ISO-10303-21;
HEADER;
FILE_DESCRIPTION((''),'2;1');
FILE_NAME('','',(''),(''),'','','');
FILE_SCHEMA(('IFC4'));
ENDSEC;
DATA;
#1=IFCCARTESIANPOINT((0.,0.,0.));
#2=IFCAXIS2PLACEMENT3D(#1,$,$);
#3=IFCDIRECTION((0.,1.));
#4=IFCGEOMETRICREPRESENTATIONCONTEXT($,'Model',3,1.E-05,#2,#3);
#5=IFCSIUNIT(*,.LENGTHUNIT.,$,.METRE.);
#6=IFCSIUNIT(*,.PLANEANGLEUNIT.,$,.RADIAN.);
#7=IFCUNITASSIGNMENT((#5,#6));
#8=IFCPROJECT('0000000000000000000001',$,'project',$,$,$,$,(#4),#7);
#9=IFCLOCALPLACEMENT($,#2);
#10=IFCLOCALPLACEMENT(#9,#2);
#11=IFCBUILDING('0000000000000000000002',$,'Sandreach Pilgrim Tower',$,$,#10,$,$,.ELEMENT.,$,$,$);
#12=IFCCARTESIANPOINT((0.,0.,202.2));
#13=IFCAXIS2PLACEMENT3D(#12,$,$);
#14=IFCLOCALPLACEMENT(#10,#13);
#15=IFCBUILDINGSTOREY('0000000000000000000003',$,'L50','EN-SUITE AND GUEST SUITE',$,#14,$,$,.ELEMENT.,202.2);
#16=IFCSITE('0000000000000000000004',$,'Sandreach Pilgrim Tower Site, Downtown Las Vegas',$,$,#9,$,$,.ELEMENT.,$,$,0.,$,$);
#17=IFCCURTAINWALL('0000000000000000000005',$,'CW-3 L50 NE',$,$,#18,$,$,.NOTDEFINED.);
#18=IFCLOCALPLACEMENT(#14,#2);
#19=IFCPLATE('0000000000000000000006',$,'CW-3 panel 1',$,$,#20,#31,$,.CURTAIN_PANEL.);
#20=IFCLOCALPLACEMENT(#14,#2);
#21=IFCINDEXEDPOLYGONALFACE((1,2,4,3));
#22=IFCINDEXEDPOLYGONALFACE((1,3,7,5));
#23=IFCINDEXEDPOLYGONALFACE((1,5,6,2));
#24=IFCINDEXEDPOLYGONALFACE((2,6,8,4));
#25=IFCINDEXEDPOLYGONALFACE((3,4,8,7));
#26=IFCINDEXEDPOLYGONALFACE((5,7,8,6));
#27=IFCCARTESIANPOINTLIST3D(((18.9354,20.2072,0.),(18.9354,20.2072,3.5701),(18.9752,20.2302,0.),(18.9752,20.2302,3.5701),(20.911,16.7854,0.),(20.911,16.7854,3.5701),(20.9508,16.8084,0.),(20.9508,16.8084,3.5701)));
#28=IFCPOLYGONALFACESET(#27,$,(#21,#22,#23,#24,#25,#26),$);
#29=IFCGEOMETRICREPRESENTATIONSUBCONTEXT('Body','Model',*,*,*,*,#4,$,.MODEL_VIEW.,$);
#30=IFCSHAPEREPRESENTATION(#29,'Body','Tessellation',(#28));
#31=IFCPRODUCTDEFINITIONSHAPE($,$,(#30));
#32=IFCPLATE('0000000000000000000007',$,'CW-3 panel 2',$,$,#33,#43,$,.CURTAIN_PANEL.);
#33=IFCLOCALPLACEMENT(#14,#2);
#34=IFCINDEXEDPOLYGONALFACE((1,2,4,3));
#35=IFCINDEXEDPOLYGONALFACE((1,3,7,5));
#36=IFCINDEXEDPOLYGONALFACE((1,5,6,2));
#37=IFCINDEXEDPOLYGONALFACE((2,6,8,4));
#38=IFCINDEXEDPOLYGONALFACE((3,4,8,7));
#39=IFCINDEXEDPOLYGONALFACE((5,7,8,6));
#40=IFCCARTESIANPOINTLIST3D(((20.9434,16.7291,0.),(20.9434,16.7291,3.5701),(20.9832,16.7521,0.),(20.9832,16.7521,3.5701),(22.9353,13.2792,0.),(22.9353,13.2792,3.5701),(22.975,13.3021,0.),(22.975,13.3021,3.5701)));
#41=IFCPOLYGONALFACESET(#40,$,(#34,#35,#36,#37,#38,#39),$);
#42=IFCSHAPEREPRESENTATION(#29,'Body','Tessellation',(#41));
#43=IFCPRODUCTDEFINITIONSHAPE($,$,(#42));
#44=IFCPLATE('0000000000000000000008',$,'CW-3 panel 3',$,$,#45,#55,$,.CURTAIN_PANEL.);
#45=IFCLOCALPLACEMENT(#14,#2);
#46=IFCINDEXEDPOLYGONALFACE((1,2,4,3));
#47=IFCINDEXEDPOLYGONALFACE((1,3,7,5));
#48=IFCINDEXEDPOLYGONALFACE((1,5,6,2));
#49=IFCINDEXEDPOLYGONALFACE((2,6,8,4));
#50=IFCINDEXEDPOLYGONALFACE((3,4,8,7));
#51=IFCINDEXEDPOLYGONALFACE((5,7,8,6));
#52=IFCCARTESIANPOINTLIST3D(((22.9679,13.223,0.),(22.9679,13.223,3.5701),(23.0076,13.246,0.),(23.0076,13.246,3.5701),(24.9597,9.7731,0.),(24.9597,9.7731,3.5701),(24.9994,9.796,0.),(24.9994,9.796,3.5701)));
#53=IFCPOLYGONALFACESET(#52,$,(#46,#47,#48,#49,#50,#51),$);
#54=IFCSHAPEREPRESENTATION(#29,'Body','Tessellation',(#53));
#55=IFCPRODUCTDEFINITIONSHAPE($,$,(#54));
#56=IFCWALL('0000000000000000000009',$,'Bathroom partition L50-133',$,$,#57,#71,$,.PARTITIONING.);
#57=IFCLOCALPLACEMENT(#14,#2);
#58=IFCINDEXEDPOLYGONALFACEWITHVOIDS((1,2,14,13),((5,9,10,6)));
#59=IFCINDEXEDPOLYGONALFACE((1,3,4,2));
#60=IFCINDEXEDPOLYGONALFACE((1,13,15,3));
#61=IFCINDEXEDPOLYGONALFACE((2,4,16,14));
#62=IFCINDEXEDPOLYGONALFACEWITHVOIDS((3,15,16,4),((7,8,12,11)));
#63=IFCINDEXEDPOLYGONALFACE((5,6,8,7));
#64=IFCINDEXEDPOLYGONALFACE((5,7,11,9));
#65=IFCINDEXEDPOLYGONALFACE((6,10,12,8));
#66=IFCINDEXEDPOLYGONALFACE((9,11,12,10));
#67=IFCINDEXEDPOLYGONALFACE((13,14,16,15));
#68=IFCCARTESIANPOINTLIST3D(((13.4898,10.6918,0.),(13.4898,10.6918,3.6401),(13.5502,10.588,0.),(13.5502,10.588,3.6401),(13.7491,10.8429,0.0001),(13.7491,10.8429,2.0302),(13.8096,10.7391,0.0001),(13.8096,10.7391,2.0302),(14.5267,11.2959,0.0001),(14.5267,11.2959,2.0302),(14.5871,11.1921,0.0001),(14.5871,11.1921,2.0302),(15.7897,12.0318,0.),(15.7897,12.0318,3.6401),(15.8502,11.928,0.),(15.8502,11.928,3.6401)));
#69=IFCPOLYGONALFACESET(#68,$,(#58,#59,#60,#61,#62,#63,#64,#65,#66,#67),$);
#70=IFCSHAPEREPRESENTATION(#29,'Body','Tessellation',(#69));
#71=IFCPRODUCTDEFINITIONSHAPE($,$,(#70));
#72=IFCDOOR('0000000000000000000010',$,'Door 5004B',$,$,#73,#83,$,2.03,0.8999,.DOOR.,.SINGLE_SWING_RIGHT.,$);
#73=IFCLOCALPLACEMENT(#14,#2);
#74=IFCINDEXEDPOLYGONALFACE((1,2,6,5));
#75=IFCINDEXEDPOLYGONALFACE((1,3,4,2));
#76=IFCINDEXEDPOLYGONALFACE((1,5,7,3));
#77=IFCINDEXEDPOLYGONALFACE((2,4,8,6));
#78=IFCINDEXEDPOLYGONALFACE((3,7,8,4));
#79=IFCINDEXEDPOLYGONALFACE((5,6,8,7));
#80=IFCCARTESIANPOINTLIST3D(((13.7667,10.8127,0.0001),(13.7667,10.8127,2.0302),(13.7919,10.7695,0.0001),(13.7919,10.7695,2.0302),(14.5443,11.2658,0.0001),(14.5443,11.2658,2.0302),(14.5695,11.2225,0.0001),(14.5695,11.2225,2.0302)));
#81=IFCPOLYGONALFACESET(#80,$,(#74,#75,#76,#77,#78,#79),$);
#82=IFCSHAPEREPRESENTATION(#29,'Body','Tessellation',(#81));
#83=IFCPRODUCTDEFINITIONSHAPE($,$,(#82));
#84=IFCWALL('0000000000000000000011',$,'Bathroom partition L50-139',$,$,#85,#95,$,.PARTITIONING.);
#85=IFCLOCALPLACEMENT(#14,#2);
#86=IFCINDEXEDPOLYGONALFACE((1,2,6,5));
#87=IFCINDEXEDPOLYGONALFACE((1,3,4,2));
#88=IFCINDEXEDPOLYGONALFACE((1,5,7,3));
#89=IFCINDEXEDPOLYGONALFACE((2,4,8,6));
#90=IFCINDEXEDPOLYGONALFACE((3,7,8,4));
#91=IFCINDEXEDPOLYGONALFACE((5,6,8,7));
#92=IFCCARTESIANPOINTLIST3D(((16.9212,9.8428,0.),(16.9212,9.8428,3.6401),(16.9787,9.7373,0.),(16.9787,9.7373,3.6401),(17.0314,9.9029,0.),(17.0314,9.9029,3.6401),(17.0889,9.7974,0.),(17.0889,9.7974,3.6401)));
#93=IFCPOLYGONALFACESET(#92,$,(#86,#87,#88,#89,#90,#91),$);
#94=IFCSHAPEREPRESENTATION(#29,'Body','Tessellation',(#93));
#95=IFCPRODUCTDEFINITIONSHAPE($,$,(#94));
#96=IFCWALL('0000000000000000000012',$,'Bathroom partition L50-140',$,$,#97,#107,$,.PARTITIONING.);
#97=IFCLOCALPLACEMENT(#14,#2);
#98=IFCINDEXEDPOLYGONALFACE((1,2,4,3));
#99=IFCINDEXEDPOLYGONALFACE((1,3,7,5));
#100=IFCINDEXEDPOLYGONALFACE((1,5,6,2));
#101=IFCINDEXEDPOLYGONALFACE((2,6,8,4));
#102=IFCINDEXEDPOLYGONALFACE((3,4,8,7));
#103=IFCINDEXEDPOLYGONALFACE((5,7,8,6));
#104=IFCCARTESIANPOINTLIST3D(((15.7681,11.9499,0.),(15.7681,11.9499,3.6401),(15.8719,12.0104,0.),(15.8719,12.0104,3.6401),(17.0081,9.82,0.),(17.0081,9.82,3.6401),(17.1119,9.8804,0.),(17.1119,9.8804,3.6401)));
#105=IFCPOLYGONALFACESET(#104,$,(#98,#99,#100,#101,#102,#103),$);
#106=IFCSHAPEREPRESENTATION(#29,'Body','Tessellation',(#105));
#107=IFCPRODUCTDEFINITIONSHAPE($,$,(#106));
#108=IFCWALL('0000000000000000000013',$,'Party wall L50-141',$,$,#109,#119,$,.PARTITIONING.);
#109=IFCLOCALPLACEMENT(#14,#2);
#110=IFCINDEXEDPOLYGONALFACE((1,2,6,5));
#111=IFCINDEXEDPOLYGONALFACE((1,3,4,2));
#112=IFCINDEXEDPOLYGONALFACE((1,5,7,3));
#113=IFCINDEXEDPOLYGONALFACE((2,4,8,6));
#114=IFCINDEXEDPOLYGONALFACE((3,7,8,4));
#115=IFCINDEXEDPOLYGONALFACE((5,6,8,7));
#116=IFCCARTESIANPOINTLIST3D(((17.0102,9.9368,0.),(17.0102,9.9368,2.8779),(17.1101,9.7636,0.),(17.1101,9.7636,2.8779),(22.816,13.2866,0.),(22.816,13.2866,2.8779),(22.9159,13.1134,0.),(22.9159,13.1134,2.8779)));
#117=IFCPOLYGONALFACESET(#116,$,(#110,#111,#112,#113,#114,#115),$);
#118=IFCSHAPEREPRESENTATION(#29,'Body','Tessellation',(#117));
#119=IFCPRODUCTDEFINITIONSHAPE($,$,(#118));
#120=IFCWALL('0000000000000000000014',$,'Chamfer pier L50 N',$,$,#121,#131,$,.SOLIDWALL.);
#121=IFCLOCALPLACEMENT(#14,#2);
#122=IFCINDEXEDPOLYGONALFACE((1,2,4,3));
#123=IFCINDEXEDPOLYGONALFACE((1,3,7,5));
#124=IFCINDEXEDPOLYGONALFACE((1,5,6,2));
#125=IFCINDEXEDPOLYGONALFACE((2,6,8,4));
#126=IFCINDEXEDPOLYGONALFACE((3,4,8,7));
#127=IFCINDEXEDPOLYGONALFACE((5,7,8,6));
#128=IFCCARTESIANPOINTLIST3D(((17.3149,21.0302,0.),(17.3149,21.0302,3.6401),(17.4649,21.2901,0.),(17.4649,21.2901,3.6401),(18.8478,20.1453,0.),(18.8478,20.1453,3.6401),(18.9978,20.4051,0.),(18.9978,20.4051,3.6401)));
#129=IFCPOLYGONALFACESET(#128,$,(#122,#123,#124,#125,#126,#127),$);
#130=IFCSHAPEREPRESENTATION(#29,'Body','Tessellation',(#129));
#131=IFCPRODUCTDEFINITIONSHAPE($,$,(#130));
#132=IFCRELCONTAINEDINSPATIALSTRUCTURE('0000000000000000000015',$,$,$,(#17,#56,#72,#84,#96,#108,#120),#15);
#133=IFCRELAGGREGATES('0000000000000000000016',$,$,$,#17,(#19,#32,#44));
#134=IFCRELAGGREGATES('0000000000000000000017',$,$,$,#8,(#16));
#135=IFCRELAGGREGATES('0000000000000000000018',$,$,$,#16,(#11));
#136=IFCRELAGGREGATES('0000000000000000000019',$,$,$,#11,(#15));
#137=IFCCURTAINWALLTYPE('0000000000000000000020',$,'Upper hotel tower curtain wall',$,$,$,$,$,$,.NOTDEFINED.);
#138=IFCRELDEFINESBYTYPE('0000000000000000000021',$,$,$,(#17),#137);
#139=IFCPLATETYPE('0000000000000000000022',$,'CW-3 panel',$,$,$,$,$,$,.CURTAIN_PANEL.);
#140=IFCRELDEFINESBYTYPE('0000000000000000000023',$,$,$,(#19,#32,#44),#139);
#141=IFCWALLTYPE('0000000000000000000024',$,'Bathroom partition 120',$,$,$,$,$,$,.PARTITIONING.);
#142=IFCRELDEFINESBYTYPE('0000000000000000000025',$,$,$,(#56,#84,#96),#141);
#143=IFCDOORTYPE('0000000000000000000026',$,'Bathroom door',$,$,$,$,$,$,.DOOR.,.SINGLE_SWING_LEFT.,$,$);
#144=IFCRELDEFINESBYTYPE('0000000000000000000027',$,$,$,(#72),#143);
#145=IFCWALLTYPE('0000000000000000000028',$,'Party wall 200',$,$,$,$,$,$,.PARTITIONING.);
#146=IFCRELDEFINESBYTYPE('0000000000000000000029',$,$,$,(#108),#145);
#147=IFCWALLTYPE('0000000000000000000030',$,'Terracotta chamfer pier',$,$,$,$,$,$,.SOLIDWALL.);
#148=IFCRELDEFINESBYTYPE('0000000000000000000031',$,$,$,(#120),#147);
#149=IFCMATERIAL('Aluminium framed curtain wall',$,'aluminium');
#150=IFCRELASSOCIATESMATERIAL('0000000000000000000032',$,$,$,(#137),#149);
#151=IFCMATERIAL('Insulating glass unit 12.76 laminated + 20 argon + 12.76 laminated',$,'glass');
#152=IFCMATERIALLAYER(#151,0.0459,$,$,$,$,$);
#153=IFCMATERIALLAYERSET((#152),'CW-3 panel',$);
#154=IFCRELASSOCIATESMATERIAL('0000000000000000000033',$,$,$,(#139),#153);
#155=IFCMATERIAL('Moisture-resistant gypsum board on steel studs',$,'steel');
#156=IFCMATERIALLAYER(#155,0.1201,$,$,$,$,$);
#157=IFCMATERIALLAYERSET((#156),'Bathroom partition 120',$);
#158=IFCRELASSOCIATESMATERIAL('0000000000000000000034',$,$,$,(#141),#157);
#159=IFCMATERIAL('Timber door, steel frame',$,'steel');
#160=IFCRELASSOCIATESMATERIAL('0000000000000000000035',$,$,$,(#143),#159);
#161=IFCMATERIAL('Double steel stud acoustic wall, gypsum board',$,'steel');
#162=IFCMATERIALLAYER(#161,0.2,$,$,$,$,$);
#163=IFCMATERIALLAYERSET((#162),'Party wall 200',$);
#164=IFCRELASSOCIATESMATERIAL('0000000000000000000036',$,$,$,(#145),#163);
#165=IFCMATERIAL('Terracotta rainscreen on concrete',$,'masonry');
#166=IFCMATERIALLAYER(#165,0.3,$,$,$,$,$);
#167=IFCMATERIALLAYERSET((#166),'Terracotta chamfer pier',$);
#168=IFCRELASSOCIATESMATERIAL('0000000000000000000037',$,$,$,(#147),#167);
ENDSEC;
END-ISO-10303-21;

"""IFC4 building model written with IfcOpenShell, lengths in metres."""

from ifc_helpers import new_model, si_unit, direction, frame, frame_2d, origin, origin_2d, place, context, subcontext, project, spatial, rectangle, extrude, material, layer, layer_set, type_object, element, fill, aggregate, save


model = new_model("IFC4")

# Units and contexts
model_context = context("Model", 3, precision=1e-05, world=origin(), true_north=direction((0.0, 1.0)))
body_context = subcontext(model_context, "Body", "Model", "MODEL_VIEW")
ifc_project = project(units=[si_unit("LENGTHUNIT", "METRE"), si_unit("PLANEANGLEUNIT", "RADIAN")], contexts=[model_context])

# Site, building, storey
site_placement = place(None, origin())
site = spatial("IfcSite", under=ifc_project, at=site_placement, Name="Sandreach Pilgrim Tower Site, Downtown Las Vegas", CompositionType="ELEMENT", RefElevation=0.0)
building_placement = place(site_placement, origin())
building = spatial("IfcBuilding", under=site, at=building_placement, Name="Sandreach Pilgrim Tower", CompositionType="ELEMENT")
storey_placement = place(building_placement, frame((0.0, 0.0, 202.2)))
storey = spatial("IfcBuildingStorey", under=building, at=storey_placement, Name="L50", Description="EN-SUITE AND GUEST SUITE", CompositionType="ELEMENT", Elevation=202.2)

# Shared definitions
ifc_material_1 = material(Name="Aluminium framed curtain wall", Category="aluminium")
curtain_wall_type = type_object("IfcCurtainWallType", Name="Upper hotel tower curtain wall", PredefinedType="NOTDEFINED", material=ifc_material_1)

# Curtain wall
curtain_wall_1_placement = place(storey_placement, origin())
curtain_wall_1 = element("IfcCurtainWall", 1, at=curtain_wall_1_placement, inside=storey, type_object=curtain_wall_type, Name="CW-3 L50 NE", PredefinedType="NOTDEFINED")

# Plates
ifc_material_2 = material(Name="Insulating glass unit 12.76 laminated + 20 argon + 12.76 laminated", Category="glass")
ifc_layer_1 = layer(ifc_material_2, 0.0459)
ifc_layer_set_1 = layer_set([ifc_layer_1], Name="CW-3 panel")
plate_type = type_object("IfcPlateType", Name="CW-3 panel", PredefinedType="CURTAIN_PANEL", material=ifc_layer_set_1)
plate_1_placement = place(storey_placement, frame((19.9431, 18.5078, 0.0), z_axis=(0.0, 0.0, 1.0), x_axis=(0.5, -0.866025, 0.0)))
plate_1 = element("IfcPlate", 2, at=plate_1_placement, type_object=plate_type, Name="CW-3 panel 1", PredefinedType="CURTAIN_PANEL", context=body_context, shape_type="SweptSolid", body=[
    extrude(rectangle(XDim=3.9512, YDim=0.0459, at=origin_2d()), origin(), (0.0, 0.0, 1.0), 3.5701),
])
plate_2_placement = place(storey_placement, frame((21.9592, 15.0156, 0.0), z_axis=(0.0, 0.0, 1.0), x_axis=(0.5, -0.866025, 0.0)))
plate_2 = element("IfcPlate", 3, at=plate_2_placement, type_object=plate_type, Name="CW-3 panel 2", PredefinedType="CURTAIN_PANEL", context=body_context, shape_type="SweptSolid", body=[
    extrude(rectangle(XDim=3.9836, YDim=0.0459, at=origin_2d()), origin(), (0.0, 0.0, 1.0), 3.5701),
])
plate_3_placement = place(storey_placement, frame((23.9836, 11.5095, 0.0), z_axis=(0.0, 0.0, 1.0), x_axis=(0.5, -0.866025, 0.0)))
plate_3 = element("IfcPlate", 4, at=plate_3_placement, type_object=plate_type, Name="CW-3 panel 3", PredefinedType="CURTAIN_PANEL", context=body_context, shape_type="SweptSolid", body=[
    extrude(rectangle(XDim=3.9836, YDim=0.0459, at=origin_2d()), origin(), (0.0, 0.0, 1.0), 3.5701),
])
aggregate(curtain_wall_1, [plate_1, plate_2, plate_3])

# Wall, opening, door
ifc_material_3 = material(Name="Moisture-resistant gypsum board on steel studs", Category="steel")
ifc_layer_2 = layer(ifc_material_3, 0.1201)
ifc_layer_set_2 = layer_set([ifc_layer_2], Name="Bathroom partition 120")
wall_type_1 = type_object("IfcWallType", Name="Bathroom partition 120", PredefinedType="PARTITIONING", material=ifc_layer_set_2)
wall_1_placement = place(storey_placement, frame((15.8201, 11.98, 0.0), z_axis=(0.0, 0.0, 1.0), x_axis=(-0.864042, -0.50342, 0.0)))
wall_1 = element("IfcWall", 5, at=wall_1_placement, inside=storey, type_object=wall_type_1, Name="Bathroom partition L50-133", PredefinedType="PARTITIONING", context=body_context, shape_type="SweptSolid", body=[
    extrude(rectangle(XDim=2.6619, YDim=0.1201, at=frame_2d((1.3311, 0.0))), origin(), (0.0, 0.0, 1.0), 3.6401),
])
opening_placement = place(wall_1_placement, frame((1.4619, 0.0, 0.0)))
opening = element("IfcOpeningElement", 6, at=opening_placement, cuts=wall_1, PredefinedType="OPENING", context=body_context, shape_type="SweptSolid", body=[
    extrude(rectangle(XDim=0.8999, YDim=2.03, at=frame_2d((0.45, 1.0151))), frame((0.0, 0.0601, 0.0), z_axis=(0.0, -1.0, 0.0), x_axis=(1.0, 0.0, 0.0)), (0.0, 0.0, 1.0), 0.1201),
])
ifc_material_4 = material(Name="Timber door, steel frame", Category="steel")
door_type = type_object("IfcDoorType", Name="Bathroom door", OperationType="SINGLE_SWING_LEFT", PredefinedType="DOOR", material=ifc_material_4)
door_placement = place(opening_placement, origin())
door = element("IfcDoor", 7, at=door_placement, inside=storey, type_object=door_type, Name="Door 5004B", OperationType="SINGLE_SWING_RIGHT", OverallHeight=2.03, OverallWidth=0.8999, PredefinedType="DOOR", context=body_context, shape_type="SweptSolid", body=[
    extrude(rectangle(XDim=0.8999, YDim=2.03, at=frame_2d((0.45, 1.0151))), frame((0.0, 0.0249, 0.0), z_axis=(0.0, -1.0, 0.0), x_axis=(1.0, 0.0, 0.0)), (0.0, 0.0, 1.0), 0.05),
])
fill(opening, door)

# Walls
wall_2_placement = place(storey_placement, frame((16.95, 9.79, 0.0), z_axis=(0.0, 0.0, 1.0), x_axis=(0.877896, 0.478852, 0.0)))
element("IfcWall", 8, at=wall_2_placement, inside=storey, type_object=wall_type_1, Name="Bathroom partition L50-139", PredefinedType="PARTITIONING", context=body_context, shape_type="SweptSolid", body=[
    extrude(rectangle(XDim=0.1255, YDim=0.1201, at=frame_2d((0.0627, 0.0))), origin(), (0.0, 0.0, 1.0), 3.6401),
])
wall_3_placement = place(storey_placement, frame((17.0601, 9.8501, 0.0), z_axis=(0.0, 0.0, 1.0), x_axis=(-0.503132, 0.86421, 0.0)))
element("IfcWall", 9, at=wall_3_placement, inside=storey, type_object=wall_type_1, Name="Bathroom partition L50-140", PredefinedType="PARTITIONING", context=body_context, shape_type="SweptSolid", body=[
    extrude(rectangle(XDim=2.4646, YDim=0.1201, at=frame_2d((1.2324, 0.0))), origin(), (0.0, 0.0, 1.0), 3.6401),
])
ifc_material_5 = material(Name="Double steel stud acoustic wall, gypsum board", Category="steel")
ifc_layer_3 = layer(ifc_material_5, 0.2)
ifc_layer_set_3 = layer_set([ifc_layer_3], Name="Party wall 200")
wall_type_2 = type_object("IfcWallType", Name="Party wall 200", PredefinedType="PARTITIONING", material=ifc_layer_set_3)
wall_4_placement = place(storey_placement, frame((17.0601, 9.8501, 0.0), z_axis=(0.0, 0.0, 1.0), x_axis=(0.866167, 0.499755, 0.0)))
element("IfcWall", 10, at=wall_4_placement, inside=storey, type_object=wall_type_2, Name="Party wall L50-141", PredefinedType="PARTITIONING", context=body_context, shape_type="SweptSolid", body=[
    extrude(rectangle(XDim=6.7029, YDim=0.2, at=frame_2d((3.3516, 0.0))), origin(), (0.0, 0.0, 1.0), 2.8779),
])
ifc_material_6 = material(Name="Terracotta rainscreen on concrete", Category="masonry")
ifc_layer_4 = layer(ifc_material_6, 0.3)
ifc_layer_set_4 = layer_set([ifc_layer_4], Name="Terracotta chamfer pier")
wall_type_3 = type_object("IfcWallType", Name="Terracotta chamfer pier", PredefinedType="SOLIDWALL", material=ifc_layer_set_4)
wall_5_placement = place(storey_placement, frame((17.3899, 21.1602, 0.0), z_axis=(0.0, 0.0, 1.0), x_axis=(0.866036, -0.499981, 0.0)))
element("IfcWall", 11, at=wall_5_placement, inside=storey, type_object=wall_type_3, Name="Chamfer pier L50 N", PredefinedType="SOLIDWALL", context=body_context, shape_type="SweptSolid", body=[
    extrude(rectangle(XDim=1.77, YDim=0.3, at=frame_2d((0.885, 0.0))), origin(), (0.0, 0.0, 1.0), 3.6401),
])

save(model, "model.ifc")
